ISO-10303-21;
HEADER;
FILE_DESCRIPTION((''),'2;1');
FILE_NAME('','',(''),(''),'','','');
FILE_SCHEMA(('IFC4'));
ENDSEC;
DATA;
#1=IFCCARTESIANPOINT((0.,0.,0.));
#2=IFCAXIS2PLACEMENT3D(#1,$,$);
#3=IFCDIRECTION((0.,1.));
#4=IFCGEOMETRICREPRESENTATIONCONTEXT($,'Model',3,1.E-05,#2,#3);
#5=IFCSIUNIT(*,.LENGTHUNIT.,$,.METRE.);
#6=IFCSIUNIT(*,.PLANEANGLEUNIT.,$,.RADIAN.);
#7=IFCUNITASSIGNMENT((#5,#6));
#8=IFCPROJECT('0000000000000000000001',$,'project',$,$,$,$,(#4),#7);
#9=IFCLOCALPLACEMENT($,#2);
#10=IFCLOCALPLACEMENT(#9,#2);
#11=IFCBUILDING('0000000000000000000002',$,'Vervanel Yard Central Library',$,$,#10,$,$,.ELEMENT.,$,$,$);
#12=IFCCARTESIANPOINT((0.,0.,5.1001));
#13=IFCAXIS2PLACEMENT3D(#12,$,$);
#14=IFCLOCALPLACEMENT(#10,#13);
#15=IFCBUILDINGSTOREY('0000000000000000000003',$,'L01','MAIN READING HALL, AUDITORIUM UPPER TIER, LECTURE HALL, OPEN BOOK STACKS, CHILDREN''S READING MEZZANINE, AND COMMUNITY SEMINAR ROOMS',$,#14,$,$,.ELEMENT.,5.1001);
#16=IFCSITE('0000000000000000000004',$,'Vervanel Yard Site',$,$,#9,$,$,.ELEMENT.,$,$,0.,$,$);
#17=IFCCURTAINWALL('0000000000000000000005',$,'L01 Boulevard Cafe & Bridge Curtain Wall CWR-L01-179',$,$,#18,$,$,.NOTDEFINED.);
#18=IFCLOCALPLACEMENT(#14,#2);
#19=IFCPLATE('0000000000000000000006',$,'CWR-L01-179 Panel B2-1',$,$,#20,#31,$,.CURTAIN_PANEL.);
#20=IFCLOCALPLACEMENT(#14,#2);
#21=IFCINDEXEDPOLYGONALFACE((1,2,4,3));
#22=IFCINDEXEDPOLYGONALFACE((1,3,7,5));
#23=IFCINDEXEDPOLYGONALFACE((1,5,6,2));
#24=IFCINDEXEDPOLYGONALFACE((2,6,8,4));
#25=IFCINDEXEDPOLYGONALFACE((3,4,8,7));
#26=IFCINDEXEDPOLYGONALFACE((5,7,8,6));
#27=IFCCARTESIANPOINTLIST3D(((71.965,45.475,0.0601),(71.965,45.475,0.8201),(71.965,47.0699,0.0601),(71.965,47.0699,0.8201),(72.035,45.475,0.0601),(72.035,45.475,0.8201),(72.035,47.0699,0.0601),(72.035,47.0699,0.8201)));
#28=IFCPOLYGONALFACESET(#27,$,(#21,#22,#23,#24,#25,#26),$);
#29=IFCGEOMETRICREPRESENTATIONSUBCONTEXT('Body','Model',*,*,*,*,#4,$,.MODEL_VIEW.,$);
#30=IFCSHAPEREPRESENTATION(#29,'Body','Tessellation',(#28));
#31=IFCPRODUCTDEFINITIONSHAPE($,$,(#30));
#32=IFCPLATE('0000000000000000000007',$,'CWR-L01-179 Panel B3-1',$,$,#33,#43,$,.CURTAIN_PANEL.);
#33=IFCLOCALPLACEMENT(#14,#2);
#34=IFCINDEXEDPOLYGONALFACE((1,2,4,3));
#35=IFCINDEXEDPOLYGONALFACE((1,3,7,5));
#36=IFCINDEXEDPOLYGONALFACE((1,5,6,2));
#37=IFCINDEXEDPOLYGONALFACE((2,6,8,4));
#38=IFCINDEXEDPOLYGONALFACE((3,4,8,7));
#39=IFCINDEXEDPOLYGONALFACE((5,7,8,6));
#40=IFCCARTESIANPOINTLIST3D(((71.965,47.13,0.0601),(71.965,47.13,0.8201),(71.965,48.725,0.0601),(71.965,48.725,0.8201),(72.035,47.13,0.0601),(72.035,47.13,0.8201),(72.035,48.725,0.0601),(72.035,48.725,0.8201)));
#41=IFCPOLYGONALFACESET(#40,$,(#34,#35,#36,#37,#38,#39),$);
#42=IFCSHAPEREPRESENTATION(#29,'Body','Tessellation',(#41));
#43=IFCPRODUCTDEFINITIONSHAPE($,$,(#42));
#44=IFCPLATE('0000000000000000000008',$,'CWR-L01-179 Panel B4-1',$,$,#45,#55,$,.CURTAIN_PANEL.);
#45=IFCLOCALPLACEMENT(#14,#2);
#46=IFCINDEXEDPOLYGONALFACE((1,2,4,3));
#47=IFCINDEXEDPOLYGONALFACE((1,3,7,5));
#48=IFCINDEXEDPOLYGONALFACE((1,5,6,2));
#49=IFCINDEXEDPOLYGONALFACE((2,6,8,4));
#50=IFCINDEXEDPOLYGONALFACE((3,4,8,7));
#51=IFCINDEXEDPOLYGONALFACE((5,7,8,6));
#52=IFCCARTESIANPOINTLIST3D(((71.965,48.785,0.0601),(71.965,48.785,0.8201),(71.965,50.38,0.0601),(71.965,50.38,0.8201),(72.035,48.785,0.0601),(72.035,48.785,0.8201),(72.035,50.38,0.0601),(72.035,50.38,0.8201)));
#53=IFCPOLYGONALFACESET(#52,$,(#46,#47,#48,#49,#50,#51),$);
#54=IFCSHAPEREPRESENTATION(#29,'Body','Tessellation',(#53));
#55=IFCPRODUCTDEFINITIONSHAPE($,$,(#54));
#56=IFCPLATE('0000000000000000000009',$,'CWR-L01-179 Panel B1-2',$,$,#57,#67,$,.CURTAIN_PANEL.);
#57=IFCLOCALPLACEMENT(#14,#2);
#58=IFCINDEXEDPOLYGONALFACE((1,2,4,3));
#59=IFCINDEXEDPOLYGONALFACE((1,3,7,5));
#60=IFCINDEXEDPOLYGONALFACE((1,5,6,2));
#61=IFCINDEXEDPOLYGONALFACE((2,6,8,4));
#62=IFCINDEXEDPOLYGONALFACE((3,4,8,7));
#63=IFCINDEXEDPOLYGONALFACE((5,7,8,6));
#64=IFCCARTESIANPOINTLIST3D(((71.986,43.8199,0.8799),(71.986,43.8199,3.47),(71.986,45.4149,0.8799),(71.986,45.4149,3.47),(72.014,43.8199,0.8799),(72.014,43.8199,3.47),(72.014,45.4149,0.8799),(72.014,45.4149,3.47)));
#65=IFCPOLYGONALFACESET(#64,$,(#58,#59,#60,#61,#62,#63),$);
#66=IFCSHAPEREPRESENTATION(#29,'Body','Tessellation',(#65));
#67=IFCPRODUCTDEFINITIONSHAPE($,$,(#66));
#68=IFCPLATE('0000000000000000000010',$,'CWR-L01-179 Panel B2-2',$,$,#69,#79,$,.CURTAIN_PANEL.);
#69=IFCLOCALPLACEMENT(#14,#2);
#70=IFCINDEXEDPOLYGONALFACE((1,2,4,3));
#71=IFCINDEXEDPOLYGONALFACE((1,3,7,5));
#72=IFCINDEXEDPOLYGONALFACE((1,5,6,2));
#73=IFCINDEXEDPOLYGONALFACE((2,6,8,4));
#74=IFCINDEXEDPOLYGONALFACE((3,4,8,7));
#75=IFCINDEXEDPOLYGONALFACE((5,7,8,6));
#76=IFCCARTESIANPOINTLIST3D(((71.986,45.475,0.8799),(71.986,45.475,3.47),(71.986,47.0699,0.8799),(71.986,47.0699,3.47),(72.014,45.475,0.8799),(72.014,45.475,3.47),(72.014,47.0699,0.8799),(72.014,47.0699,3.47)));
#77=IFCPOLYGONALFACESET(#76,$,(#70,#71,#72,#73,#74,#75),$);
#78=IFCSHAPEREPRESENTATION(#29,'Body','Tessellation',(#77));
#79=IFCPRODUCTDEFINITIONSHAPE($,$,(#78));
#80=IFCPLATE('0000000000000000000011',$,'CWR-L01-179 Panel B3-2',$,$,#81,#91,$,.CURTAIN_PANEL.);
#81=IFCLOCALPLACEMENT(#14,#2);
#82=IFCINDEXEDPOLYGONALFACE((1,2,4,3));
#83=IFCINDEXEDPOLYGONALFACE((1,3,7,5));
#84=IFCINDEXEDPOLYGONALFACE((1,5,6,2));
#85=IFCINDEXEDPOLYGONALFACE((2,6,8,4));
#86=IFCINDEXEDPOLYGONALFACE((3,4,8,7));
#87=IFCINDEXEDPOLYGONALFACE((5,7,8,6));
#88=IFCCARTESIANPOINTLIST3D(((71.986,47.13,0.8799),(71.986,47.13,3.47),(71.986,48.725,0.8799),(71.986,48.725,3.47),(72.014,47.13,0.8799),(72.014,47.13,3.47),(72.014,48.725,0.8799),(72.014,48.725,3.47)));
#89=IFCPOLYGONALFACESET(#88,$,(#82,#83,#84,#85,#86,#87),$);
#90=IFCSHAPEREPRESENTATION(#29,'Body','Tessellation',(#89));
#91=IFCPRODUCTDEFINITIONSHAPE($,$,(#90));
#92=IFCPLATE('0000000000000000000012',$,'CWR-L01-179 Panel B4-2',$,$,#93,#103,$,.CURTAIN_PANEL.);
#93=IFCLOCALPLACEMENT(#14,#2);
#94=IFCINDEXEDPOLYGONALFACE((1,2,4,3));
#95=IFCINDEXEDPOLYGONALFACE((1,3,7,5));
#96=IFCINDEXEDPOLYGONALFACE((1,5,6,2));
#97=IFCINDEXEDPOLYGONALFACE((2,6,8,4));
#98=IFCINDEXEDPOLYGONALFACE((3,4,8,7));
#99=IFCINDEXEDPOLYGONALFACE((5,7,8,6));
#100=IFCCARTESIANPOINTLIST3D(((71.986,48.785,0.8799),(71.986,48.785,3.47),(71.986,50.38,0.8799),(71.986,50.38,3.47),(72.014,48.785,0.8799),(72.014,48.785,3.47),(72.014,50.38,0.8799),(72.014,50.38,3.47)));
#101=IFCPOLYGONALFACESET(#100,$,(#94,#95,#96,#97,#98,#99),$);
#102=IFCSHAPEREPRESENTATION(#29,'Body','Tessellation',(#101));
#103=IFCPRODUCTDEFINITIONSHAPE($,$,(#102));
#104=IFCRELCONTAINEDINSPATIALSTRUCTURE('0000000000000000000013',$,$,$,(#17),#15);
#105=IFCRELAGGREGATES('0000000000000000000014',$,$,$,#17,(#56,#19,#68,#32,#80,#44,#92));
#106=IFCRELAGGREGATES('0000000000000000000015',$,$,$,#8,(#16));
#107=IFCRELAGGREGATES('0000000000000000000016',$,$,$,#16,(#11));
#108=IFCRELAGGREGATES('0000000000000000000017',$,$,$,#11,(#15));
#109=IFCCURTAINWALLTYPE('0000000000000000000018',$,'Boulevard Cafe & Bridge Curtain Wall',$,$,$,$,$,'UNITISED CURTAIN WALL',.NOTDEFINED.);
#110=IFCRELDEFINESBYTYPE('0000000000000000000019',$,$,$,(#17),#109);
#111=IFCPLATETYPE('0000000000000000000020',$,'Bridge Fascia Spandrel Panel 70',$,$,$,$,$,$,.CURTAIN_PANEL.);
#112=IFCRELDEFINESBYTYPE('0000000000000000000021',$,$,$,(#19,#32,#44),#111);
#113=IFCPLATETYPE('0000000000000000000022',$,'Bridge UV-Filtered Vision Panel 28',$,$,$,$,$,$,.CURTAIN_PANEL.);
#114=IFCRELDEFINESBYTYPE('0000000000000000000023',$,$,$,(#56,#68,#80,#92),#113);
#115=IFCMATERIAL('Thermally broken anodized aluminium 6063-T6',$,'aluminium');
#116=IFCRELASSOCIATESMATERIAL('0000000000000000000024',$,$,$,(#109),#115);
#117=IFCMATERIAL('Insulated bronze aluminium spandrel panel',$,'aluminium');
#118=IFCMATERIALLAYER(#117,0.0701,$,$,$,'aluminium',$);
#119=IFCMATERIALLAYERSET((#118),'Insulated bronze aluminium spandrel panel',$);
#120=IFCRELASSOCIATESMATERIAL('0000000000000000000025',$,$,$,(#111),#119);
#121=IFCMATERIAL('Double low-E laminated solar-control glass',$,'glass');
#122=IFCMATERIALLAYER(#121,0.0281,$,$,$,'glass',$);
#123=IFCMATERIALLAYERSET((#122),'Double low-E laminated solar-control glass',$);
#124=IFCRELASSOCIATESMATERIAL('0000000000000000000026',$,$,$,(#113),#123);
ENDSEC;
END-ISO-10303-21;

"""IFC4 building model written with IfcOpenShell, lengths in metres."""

from ifc_helpers import new_model, si_unit, direction, frame, origin, origin_2d, place, context, subcontext, project, spatial, rectangle, extrude, material, layer, layer_set, type_object, element, aggregate, save


model = new_model("IFC4")

# Units and contexts
model_context = context("Model", 3, precision=1e-05, world=origin(), true_north=direction((0.0, 1.0)))
body_context = subcontext(model_context, "Body", "Model", "MODEL_VIEW")
ifc_project = project(units=[si_unit("LENGTHUNIT", "METRE"), si_unit("PLANEANGLEUNIT", "RADIAN")], contexts=[model_context])

# Site, building, storey
site_placement = place(None, origin())
site = spatial("IfcSite", under=ifc_project, at=site_placement, Name="Vervanel Yard Site", CompositionType="ELEMENT", RefElevation=0.0)
building_placement = place(site_placement, origin())
building = spatial("IfcBuilding", under=site, at=building_placement, Name="Vervanel Yard Central Library", CompositionType="ELEMENT")
storey_placement = place(building_placement, frame((0.0, 0.0, 5.1001)))
storey = spatial("IfcBuildingStorey", under=building, at=storey_placement, Name="L01", Description="MAIN READING HALL, AUDITORIUM UPPER TIER, LECTURE HALL, OPEN BOOK STACKS, CHILDREN'S READING MEZZANINE, AND COMMUNITY SEMINAR ROOMS", CompositionType="ELEMENT", Elevation=5.1001)

# Curtain wall
ifc_material_1 = material(Name="Thermally broken anodized aluminium 6063-T6", Category="aluminium")
curtain_wall_type = type_object("IfcCurtainWallType", Name="Boulevard Cafe & Bridge Curtain Wall", ElementType="UNITISED CURTAIN WALL", PredefinedType="NOTDEFINED", material=ifc_material_1)
curtain_wall_placement = place(storey_placement, origin())
curtain_wall = element("IfcCurtainWall", 1, at=curtain_wall_placement, inside=storey, type_object=curtain_wall_type, Name="L01 Boulevard Cafe & Bridge Curtain Wall CWR-L01-179", PredefinedType="NOTDEFINED")

# Plates
ifc_material_2 = material(Name="Insulated bronze aluminium spandrel panel", Category="aluminium")
ifc_layer_1 = layer(ifc_material_2, 0.0701, Category="aluminium")
ifc_layer_set_1 = layer_set([ifc_layer_1], Name="Insulated bronze aluminium spandrel panel")
plate_type_1 = type_object("IfcPlateType", Name="Bridge Fascia Spandrel Panel 70", PredefinedType="CURTAIN_PANEL", material=ifc_layer_set_1)
plate_1_placement = place(storey_placement, frame((72.0, 46.2725, 0.0601), z_axis=(0.0, 0.0, 1.0), x_axis=(0.0, 1.0, 0.0)))
plate_1 = element("IfcPlate", 2, at=plate_1_placement, type_object=plate_type_1, Name="CWR-L01-179 Panel B2-1", PredefinedType="CURTAIN_PANEL", context=body_context, shape_type="SweptSolid", body=[
    extrude(rectangle(XDim=1.595, YDim=0.0701, at=origin_2d()), origin(), (0.0, 0.0, 1.0), 0.76),
])
plate_2_placement = place(storey_placement, frame((72.0, 47.9275, 0.0601), z_axis=(0.0, 0.0, 1.0), x_axis=(0.0, 1.0, 0.0)))
plate_2 = element("IfcPlate", 3, at=plate_2_placement, type_object=plate_type_1, Name="CWR-L01-179 Panel B3-1", PredefinedType="CURTAIN_PANEL", context=body_context, shape_type="SweptSolid", body=[
    extrude(rectangle(XDim=1.595, YDim=0.0701, at=origin_2d()), origin(), (0.0, 0.0, 1.0), 0.76),
])
plate_3_placement = place(storey_placement, frame((72.0, 49.5825, 0.0601), z_axis=(0.0, 0.0, 1.0), x_axis=(0.0, 1.0, 0.0)))
plate_3 = element("IfcPlate", 4, at=plate_3_placement, type_object=plate_type_1, Name="CWR-L01-179 Panel B4-1", PredefinedType="CURTAIN_PANEL", context=body_context, shape_type="SweptSolid", body=[
    extrude(rectangle(XDim=1.595, YDim=0.0701, at=origin_2d()), origin(), (0.0, 0.0, 1.0), 0.76),
])
ifc_material_3 = material(Name="Double low-E laminated solar-control glass", Category="glass")
ifc_layer_2 = layer(ifc_material_3, 0.0281, Category="glass")
ifc_layer_set_2 = layer_set([ifc_layer_2], Name="Double low-E laminated solar-control glass")
plate_type_2 = type_object("IfcPlateType", Name="Bridge UV-Filtered Vision Panel 28", PredefinedType="CURTAIN_PANEL", material=ifc_layer_set_2)
plate_4_placement = place(storey_placement, frame((72.0, 44.6174, 0.8799), z_axis=(0.0, 0.0, 1.0), x_axis=(0.0, 1.0, 0.0)))
plate_4 = element("IfcPlate", 5, at=plate_4_placement, type_object=plate_type_2, Name="CWR-L01-179 Panel B1-2", PredefinedType="CURTAIN_PANEL", context=body_context, shape_type="SweptSolid", body=[
    extrude(rectangle(XDim=1.595, YDim=0.0281, at=origin_2d()), origin(), (0.0, 0.0, 1.0), 2.5901),
])
plate_5_placement = place(storey_placement, frame((72.0, 46.2725, 0.8799), z_axis=(0.0, 0.0, 1.0), x_axis=(0.0, 1.0, 0.0)))
plate_5 = element("IfcPlate", 6, at=plate_5_placement, type_object=plate_type_2, Name="CWR-L01-179 Panel B2-2", PredefinedType="CURTAIN_PANEL", context=body_context, shape_type="SweptSolid", body=[
    extrude(rectangle(XDim=1.595, YDim=0.0281, at=origin_2d()), origin(), (0.0, 0.0, 1.0), 2.5901),
])
plate_6_placement = place(storey_placement, frame((72.0, 47.9275, 0.8799), z_axis=(0.0, 0.0, 1.0), x_axis=(0.0, 1.0, 0.0)))
plate_6 = element("IfcPlate", 7, at=plate_6_placement, type_object=plate_type_2, Name="CWR-L01-179 Panel B3-2", PredefinedType="CURTAIN_PANEL", context=body_context, shape_type="SweptSolid", body=[
    extrude(rectangle(XDim=1.595, YDim=0.0281, at=origin_2d()), origin(), (0.0, 0.0, 1.0), 2.5901),
])
plate_7_placement = place(storey_placement, frame((72.0, 49.5825, 0.8799), z_axis=(0.0, 0.0, 1.0), x_axis=(0.0, 1.0, 0.0)))
plate_7 = element("IfcPlate", 8, at=plate_7_placement, type_object=plate_type_2, Name="CWR-L01-179 Panel B4-2", PredefinedType="CURTAIN_PANEL", context=body_context, shape_type="SweptSolid", body=[
    extrude(rectangle(XDim=1.595, YDim=0.0281, at=origin_2d()), origin(), (0.0, 0.0, 1.0), 2.5901),
])
aggregate(curtain_wall, [plate_4, plate_1, plate_5, plate_2, plate_6, plate_3, plate_7])

save(model, "model.ifc")
